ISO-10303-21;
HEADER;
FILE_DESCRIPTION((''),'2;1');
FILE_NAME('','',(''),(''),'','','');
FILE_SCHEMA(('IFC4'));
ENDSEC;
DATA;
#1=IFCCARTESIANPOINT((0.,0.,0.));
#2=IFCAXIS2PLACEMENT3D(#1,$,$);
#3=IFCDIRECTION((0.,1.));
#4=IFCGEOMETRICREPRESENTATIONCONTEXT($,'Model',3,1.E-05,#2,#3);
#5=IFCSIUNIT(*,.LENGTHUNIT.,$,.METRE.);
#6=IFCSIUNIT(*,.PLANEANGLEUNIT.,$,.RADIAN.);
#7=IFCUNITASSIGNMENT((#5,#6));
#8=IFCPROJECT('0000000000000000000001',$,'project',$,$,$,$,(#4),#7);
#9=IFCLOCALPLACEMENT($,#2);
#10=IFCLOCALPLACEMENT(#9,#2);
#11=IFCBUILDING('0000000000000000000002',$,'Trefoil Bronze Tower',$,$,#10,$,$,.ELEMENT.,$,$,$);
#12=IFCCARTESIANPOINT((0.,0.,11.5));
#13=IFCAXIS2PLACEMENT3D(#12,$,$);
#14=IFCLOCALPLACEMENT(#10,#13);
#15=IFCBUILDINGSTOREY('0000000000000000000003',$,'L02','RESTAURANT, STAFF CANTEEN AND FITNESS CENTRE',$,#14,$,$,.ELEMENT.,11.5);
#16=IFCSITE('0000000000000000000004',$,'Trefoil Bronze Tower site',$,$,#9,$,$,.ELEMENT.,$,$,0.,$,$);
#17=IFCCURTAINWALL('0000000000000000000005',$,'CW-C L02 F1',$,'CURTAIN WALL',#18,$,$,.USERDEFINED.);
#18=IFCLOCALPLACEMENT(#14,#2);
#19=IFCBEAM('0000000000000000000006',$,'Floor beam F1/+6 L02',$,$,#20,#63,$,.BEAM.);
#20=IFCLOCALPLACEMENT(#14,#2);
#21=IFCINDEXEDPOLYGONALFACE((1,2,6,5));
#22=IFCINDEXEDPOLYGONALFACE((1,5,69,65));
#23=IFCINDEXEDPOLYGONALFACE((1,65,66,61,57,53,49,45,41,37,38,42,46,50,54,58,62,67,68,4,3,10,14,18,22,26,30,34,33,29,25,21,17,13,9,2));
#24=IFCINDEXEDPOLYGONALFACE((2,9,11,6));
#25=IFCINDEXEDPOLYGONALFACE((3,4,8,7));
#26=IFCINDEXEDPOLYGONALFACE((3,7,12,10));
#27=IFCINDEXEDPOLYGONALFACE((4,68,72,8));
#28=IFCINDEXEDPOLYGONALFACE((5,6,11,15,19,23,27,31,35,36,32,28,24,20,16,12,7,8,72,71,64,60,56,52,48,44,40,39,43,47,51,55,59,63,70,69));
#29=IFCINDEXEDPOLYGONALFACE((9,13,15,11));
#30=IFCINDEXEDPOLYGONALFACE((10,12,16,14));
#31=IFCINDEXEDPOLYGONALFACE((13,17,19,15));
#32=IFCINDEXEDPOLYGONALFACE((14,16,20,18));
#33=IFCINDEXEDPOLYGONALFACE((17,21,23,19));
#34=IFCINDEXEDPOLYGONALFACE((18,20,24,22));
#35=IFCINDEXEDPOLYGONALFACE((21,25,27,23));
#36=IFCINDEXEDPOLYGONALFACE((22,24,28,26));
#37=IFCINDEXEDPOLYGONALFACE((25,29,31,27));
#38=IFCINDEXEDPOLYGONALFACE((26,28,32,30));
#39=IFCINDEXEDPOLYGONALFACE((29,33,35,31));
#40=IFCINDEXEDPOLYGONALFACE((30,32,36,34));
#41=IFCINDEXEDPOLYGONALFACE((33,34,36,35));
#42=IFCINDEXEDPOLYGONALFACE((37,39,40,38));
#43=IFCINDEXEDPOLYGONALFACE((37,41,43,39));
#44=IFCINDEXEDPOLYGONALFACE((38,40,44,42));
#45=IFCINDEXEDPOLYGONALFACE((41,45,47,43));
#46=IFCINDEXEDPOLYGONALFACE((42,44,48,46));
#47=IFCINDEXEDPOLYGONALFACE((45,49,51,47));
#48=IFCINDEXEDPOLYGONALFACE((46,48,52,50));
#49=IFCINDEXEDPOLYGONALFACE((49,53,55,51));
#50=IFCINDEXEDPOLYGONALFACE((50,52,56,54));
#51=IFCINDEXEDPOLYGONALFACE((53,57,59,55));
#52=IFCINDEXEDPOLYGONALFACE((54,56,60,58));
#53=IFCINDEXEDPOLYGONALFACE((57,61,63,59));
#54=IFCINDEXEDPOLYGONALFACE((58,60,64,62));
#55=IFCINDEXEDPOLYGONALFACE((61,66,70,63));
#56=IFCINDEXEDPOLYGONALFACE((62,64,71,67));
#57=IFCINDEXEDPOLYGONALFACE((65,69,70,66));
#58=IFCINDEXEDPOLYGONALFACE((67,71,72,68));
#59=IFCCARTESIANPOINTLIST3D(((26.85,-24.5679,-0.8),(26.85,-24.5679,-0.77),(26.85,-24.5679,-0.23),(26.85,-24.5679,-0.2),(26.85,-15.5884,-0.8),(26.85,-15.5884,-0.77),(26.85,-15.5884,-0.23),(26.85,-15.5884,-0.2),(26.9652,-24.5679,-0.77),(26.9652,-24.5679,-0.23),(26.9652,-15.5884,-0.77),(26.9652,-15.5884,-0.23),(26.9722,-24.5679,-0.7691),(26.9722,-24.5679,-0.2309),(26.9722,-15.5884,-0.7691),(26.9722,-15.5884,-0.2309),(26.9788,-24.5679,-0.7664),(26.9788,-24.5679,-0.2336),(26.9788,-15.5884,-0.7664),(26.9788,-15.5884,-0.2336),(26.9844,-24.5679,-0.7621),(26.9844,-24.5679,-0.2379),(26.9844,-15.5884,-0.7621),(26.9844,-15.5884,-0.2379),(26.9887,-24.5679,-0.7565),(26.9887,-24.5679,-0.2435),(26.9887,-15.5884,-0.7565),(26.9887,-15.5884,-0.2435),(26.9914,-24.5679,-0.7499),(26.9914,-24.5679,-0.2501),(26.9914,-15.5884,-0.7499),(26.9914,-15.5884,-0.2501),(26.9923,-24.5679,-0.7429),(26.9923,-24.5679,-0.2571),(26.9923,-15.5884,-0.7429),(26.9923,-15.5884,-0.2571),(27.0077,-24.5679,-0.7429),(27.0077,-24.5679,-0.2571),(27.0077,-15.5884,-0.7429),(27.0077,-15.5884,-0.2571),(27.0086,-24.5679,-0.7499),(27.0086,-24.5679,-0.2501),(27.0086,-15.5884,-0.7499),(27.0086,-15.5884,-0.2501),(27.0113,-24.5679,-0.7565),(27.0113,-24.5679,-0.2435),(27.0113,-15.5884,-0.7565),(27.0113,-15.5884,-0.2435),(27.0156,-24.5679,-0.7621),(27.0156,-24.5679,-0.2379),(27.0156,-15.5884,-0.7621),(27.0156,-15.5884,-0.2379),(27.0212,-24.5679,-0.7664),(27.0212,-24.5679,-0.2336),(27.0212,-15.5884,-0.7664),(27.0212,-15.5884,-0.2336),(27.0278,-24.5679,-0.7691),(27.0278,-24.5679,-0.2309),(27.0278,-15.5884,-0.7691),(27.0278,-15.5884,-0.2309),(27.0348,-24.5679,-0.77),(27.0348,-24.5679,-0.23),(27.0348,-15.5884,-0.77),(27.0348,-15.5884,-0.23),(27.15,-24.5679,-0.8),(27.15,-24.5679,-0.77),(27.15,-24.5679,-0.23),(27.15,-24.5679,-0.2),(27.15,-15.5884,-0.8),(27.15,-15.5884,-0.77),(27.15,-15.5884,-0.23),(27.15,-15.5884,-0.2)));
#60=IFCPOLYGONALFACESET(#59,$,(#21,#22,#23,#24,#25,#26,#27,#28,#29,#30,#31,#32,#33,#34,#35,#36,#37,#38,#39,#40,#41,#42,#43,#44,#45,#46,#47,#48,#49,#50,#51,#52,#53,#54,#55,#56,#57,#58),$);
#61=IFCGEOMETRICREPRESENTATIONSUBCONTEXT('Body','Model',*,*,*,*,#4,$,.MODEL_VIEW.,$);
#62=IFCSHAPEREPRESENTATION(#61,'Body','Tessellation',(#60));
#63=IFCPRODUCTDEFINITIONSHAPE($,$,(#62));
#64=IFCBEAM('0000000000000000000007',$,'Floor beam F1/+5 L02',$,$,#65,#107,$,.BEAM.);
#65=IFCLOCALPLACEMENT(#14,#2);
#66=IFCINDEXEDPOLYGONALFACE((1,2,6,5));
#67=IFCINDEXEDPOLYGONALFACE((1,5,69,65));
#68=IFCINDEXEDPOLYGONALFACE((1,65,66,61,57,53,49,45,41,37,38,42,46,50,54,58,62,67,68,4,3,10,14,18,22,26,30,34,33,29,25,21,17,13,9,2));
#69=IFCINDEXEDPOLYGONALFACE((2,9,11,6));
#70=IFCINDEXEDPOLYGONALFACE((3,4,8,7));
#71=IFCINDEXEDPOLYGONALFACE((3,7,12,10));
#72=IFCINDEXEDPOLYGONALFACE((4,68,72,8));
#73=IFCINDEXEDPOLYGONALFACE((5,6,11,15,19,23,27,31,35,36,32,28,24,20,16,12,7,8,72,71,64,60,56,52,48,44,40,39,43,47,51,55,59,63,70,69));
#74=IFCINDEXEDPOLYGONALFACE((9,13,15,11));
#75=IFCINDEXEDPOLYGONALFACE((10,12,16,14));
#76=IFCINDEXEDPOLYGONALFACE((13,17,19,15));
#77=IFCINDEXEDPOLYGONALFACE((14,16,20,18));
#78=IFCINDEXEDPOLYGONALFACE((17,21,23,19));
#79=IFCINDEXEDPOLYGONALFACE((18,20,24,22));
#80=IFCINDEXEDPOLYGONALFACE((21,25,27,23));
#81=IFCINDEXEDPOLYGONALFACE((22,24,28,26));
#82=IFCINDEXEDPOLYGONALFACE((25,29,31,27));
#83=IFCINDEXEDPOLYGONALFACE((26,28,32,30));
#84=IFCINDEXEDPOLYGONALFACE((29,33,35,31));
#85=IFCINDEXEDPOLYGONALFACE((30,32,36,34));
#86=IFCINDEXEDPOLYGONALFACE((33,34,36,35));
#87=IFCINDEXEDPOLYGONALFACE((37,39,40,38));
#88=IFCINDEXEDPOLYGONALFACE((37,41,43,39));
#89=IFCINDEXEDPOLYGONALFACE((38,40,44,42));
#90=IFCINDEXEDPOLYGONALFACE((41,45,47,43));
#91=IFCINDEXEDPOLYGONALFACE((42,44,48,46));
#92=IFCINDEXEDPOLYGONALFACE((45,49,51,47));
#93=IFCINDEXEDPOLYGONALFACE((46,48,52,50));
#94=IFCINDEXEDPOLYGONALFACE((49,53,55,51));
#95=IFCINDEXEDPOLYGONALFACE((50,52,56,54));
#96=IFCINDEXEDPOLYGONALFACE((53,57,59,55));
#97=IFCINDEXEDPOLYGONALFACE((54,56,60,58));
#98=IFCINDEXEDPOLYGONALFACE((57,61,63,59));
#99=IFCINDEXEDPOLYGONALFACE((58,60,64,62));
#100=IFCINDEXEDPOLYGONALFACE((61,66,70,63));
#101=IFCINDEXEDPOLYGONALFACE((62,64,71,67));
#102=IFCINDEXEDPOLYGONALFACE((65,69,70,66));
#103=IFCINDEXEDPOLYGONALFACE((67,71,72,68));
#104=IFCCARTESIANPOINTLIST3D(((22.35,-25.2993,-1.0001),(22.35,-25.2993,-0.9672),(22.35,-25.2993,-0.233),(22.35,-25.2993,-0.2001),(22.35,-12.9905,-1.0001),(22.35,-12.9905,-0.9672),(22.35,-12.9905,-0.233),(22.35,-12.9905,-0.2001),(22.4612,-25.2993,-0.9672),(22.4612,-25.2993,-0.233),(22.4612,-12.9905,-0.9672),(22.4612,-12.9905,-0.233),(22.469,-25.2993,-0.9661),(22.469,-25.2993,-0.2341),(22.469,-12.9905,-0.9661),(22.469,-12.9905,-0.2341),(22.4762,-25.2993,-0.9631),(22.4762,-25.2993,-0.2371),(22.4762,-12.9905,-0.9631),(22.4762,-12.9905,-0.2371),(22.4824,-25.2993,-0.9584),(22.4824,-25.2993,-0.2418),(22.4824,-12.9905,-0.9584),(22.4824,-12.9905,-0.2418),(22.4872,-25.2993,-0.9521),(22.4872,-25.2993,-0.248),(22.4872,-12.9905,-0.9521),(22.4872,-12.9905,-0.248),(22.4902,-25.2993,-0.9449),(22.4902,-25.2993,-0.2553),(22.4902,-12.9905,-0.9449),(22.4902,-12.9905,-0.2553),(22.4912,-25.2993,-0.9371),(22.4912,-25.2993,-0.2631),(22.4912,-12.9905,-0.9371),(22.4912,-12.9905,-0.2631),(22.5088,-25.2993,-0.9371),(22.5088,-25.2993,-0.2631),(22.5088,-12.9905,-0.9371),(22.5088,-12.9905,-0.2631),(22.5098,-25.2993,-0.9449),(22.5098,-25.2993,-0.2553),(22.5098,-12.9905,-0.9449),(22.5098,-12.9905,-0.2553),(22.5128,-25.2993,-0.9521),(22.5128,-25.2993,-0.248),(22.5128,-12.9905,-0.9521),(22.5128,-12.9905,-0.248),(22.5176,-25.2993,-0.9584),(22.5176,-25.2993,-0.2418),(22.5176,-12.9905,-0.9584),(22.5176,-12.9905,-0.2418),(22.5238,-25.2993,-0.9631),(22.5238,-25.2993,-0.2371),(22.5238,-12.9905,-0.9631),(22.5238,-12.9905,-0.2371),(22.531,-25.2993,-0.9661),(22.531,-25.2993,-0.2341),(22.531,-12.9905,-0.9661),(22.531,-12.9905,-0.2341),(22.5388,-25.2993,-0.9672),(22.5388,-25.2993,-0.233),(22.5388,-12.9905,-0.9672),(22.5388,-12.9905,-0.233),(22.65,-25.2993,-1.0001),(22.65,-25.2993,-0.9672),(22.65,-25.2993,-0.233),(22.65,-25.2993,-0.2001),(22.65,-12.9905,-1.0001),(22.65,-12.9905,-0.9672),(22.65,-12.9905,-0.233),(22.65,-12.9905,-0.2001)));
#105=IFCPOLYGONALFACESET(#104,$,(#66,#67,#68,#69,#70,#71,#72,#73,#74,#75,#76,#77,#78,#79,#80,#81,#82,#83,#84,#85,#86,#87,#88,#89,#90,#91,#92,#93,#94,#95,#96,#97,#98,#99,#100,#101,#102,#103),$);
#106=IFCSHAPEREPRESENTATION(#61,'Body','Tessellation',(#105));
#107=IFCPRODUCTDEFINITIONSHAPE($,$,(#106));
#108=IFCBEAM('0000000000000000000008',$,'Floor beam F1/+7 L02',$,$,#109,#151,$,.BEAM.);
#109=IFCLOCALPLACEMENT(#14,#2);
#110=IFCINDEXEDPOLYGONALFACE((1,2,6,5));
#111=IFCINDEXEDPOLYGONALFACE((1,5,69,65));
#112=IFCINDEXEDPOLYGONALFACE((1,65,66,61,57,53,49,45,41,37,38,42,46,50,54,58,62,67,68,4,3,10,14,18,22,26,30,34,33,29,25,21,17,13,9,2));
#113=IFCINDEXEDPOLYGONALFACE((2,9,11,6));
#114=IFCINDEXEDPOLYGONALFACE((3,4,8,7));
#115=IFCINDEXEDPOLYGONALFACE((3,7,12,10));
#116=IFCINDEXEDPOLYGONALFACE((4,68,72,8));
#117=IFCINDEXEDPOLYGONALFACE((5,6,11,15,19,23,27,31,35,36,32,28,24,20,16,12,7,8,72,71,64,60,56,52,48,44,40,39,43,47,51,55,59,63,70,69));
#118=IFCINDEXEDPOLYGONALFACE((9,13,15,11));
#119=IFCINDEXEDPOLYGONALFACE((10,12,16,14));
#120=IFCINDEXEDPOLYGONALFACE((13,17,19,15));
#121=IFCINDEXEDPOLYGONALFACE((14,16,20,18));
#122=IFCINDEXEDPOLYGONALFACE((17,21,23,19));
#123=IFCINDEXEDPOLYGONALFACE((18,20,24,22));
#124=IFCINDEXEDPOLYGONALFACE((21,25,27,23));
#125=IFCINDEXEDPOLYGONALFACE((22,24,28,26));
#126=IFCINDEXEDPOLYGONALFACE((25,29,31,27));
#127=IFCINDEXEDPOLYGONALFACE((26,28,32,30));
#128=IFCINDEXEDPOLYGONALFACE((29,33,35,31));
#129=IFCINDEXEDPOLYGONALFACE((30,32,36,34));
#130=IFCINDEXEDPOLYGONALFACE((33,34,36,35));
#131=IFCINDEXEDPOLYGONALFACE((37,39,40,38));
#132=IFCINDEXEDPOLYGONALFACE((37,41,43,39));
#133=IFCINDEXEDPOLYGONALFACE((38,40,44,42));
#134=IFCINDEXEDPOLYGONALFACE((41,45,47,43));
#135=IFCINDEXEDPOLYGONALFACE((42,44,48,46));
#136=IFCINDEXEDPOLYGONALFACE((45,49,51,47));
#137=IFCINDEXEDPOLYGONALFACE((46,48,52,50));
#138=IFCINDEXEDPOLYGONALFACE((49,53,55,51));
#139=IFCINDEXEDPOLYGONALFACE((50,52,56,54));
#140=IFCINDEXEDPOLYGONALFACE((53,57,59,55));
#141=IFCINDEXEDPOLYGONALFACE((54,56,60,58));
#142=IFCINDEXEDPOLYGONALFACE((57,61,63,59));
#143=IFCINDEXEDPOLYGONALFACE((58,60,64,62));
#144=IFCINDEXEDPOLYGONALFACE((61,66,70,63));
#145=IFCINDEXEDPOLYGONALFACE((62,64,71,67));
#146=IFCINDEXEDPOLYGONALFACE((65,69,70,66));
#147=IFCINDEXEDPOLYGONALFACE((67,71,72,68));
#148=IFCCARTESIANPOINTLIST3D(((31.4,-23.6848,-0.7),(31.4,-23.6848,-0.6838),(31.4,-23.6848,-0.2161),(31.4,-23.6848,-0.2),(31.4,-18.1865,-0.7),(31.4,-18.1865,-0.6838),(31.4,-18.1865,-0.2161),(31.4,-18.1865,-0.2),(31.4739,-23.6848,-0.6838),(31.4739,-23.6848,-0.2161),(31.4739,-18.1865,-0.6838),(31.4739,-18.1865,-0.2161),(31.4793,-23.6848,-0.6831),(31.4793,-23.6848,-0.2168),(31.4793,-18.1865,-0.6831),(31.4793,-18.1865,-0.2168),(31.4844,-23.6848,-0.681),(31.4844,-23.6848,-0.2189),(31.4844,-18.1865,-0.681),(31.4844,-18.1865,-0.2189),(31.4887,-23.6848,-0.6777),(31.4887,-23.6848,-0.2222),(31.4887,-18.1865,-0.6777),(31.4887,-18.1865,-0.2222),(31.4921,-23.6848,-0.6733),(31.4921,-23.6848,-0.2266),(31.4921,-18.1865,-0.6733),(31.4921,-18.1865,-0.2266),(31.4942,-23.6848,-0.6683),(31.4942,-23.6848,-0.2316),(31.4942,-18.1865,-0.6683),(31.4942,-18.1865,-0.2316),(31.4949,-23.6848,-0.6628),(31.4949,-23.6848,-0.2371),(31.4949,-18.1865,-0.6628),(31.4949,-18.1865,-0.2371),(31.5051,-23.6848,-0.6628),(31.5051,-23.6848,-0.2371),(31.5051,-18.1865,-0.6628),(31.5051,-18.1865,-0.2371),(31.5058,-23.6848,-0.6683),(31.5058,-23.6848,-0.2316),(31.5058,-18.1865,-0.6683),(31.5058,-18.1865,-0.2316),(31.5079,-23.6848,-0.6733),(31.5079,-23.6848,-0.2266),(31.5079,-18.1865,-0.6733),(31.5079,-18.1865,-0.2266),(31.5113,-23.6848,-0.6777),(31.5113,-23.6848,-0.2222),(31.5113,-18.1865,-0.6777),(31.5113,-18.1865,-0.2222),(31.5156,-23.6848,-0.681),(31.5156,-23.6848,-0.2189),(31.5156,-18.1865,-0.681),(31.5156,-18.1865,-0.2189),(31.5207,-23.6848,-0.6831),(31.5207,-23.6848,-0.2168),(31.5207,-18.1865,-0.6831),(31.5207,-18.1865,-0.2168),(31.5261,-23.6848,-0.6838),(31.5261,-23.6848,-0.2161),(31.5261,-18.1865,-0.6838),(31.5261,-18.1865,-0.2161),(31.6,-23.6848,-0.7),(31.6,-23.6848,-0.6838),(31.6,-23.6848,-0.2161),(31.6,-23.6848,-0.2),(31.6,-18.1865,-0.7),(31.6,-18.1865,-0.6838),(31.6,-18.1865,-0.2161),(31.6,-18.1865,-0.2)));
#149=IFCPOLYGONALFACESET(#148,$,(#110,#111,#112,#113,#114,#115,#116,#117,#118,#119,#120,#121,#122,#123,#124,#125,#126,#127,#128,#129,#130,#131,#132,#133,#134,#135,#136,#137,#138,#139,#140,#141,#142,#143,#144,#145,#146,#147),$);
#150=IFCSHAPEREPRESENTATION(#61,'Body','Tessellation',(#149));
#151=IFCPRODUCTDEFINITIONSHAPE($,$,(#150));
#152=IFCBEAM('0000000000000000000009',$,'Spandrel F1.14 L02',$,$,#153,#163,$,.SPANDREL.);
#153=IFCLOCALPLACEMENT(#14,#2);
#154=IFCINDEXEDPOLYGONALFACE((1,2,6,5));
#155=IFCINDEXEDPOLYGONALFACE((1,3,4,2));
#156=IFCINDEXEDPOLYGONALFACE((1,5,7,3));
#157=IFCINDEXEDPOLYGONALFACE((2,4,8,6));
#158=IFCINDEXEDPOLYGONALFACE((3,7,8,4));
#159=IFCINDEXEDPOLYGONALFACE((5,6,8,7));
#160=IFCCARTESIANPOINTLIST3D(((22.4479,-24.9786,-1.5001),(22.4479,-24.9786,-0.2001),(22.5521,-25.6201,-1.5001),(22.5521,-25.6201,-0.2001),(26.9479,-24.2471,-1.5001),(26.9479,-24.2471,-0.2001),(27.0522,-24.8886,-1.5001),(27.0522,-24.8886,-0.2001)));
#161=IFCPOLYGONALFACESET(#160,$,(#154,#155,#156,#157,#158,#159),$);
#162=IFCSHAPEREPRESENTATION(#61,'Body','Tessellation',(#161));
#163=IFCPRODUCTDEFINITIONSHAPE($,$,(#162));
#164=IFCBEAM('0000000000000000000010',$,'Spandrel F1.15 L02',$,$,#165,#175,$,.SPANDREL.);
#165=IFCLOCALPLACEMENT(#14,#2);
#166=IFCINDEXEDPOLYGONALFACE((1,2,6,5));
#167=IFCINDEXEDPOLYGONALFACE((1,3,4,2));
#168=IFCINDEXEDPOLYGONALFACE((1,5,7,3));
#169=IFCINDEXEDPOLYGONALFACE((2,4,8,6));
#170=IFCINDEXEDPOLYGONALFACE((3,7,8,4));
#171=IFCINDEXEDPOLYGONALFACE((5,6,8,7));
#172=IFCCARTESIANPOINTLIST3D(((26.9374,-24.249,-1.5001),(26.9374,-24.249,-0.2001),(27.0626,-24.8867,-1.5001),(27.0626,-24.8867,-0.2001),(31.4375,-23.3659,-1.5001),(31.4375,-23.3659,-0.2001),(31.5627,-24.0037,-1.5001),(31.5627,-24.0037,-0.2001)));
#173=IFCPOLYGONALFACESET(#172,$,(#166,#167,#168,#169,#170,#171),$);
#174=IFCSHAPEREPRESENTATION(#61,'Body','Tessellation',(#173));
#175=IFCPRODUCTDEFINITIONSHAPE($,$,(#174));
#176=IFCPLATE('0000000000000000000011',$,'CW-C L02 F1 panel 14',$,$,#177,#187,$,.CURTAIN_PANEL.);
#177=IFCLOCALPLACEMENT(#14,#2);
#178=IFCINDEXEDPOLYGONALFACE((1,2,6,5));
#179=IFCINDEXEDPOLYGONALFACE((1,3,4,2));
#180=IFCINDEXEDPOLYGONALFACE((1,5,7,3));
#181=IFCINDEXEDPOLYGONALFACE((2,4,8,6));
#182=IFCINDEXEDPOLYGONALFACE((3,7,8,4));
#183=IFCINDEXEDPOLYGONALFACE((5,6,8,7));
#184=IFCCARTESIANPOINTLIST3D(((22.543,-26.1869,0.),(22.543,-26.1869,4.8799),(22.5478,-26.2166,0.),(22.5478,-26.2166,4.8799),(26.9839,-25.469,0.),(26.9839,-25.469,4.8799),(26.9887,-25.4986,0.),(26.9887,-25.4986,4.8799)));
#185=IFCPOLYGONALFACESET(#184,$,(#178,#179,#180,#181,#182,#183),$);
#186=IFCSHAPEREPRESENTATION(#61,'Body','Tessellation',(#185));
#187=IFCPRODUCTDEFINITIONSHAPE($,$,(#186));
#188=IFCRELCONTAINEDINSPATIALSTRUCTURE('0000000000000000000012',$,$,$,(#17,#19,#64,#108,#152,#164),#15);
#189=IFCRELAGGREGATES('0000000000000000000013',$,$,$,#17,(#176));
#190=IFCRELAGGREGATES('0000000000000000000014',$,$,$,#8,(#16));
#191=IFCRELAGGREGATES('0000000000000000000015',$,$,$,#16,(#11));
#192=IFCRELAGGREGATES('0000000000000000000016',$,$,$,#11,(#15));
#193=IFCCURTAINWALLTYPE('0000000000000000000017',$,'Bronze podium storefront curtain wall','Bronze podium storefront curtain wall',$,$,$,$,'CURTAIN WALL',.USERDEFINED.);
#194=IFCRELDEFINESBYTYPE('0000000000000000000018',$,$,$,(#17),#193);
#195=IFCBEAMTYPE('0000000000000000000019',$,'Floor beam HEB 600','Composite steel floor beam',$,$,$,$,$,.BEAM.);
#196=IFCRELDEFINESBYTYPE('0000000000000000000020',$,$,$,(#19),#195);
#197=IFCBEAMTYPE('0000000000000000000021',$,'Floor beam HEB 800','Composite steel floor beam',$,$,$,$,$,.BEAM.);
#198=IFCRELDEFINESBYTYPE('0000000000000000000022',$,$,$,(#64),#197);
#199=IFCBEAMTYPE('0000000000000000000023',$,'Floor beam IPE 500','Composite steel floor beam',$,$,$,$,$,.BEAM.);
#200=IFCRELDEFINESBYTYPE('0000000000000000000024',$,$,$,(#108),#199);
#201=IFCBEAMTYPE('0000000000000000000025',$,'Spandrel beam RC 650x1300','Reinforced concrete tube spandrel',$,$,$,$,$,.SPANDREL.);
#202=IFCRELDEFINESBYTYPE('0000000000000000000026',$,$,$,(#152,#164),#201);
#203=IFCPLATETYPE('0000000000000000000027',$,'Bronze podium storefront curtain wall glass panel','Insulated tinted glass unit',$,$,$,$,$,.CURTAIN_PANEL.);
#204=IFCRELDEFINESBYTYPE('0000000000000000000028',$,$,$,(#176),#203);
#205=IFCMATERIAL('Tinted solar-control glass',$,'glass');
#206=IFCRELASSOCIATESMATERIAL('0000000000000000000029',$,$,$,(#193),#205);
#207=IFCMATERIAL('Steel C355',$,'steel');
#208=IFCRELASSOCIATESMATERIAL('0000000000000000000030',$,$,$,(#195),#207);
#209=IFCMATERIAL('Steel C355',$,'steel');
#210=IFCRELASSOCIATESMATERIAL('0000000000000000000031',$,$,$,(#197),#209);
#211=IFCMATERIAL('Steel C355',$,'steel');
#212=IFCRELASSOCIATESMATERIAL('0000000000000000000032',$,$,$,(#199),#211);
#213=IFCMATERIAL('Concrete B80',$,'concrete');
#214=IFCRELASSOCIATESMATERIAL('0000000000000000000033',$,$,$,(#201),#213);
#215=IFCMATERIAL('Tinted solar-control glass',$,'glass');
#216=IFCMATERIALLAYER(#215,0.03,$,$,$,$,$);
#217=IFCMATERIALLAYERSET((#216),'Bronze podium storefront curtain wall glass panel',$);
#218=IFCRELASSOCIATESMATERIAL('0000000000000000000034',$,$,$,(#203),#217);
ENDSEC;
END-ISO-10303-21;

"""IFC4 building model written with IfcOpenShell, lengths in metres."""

from ifc_helpers import new_model, si_unit, direction, frame, origin, origin_2d, place, context, subcontext, project, spatial, rectangle, i_section, extrude, material, layer, layer_set, material_profile, profile_set, type_object, element, aggregate, save


model = new_model("IFC4")

# Units and contexts
model_context = context("Model", 3, precision=1e-05, world=origin(), true_north=direction((0.0, 1.0)))
body_context = subcontext(model_context, "Body", "Model", "MODEL_VIEW")
ifc_project = project(units=[si_unit("LENGTHUNIT", "METRE"), si_unit("PLANEANGLEUNIT", "RADIAN")], contexts=[model_context])

# Site, building, storey
site_placement = place(None, origin())
site = spatial("IfcSite", under=ifc_project, at=site_placement, Name="Trefoil Bronze Tower site", CompositionType="ELEMENT", RefElevation=0.0)
building_placement = place(site_placement, origin())
building = spatial("IfcBuilding", under=site, at=building_placement, Name="Trefoil Bronze Tower", CompositionType="ELEMENT")
storey_placement = place(building_placement, frame((0.0, 0.0, 11.5)))
storey = spatial("IfcBuildingStorey", under=building, at=storey_placement, Name="L02", Description="RESTAURANT, STAFF CANTEEN AND FITNESS CENTRE", CompositionType="ELEMENT", Elevation=11.5)

# Curtain wall
ifc_material_1 = material(Name="Tinted solar-control glass", Category="glass")
curtain_wall_type_1 = type_object("IfcCurtainWallType", Name="Bronze podium storefront curtain wall", Description="Bronze podium storefront curtain wall", ElementType="CURTAIN WALL", PredefinedType="USERDEFINED", material=ifc_material_1)
curtain_wall_1_placement = place(storey_placement, origin())
curtain_wall_1 = element("IfcCurtainWall", 1, at=curtain_wall_1_placement, inside=storey, type_object=curtain_wall_type_1, Name="CW-C L02 F1", ObjectType="CURTAIN WALL", PredefinedType="USERDEFINED")

# Beams
ifc_material_2 = material(Name="Steel C355", Category="steel")
ifc_material_profile_1 = material_profile(ifc_material_2, i_section(OverallWidth=0.3, OverallDepth=0.6001, WebThickness=0.0154, FlangeThickness=0.03, FilletRadius=0.0271, at=origin_2d()), Name="HEB 600")
ifc_profile_set_1 = profile_set([ifc_material_profile_1], Name="Steel C355")
beam_type_1 = type_object("IfcBeamType", Name="Floor beam HEB 600", Description="Composite steel floor beam", PredefinedType="BEAM", material=ifc_profile_set_1)
beam_1_placement = place(storey_placement, frame((27.0, -24.5679, -0.5), z_axis=(0.0, 1.0, 0.0), x_axis=(-1.0, 0.0, 0.0)))
element("IfcBeam", 2, at=beam_1_placement, inside=storey, type_object=beam_type_1, Name="Floor beam F1/+6 L02", PredefinedType="BEAM", context=body_context, shape_type="SweptSolid", body=[
    extrude(i_section(OverallWidth=0.3, OverallDepth=0.6001, WebThickness=0.0154, FlangeThickness=0.03, FilletRadius=0.0271, at=origin_2d()), origin(), (0.0, 0.0, 1.0), 8.9795),
])
ifc_material_3 = material(Name="Steel C355", Category="steel")
ifc_material_profile_2 = material_profile(ifc_material_3, i_section(OverallWidth=0.3, OverallDepth=0.8, WebThickness=0.0176, FlangeThickness=0.033, FilletRadius=0.03, at=origin_2d()), Name="HEB 800")
ifc_profile_set_2 = profile_set([ifc_material_profile_2], Name="Steel C355")
beam_type_2 = type_object("IfcBeamType", Name="Floor beam HEB 800", Description="Composite steel floor beam", PredefinedType="BEAM", material=ifc_profile_set_2)
beam_2_placement = place(storey_placement, frame((22.5, -25.2993, -0.6001), z_axis=(0.0, 1.0, 0.0), x_axis=(-1.0, 0.0, 0.0)))
element("IfcBeam", 3, at=beam_2_placement, inside=storey, type_object=beam_type_2, Name="Floor beam F1/+5 L02", PredefinedType="BEAM", context=body_context, shape_type="SweptSolid", body=[
    extrude(i_section(OverallWidth=0.3, OverallDepth=0.8, WebThickness=0.0176, FlangeThickness=0.033, FilletRadius=0.03, at=origin_2d()), origin(), (0.0, 0.0, 1.0), 12.3088),
])
ifc_material_4 = material(Name="Steel C355", Category="steel")
ifc_material_profile_3 = material_profile(ifc_material_4, i_section(OverallWidth=0.2, OverallDepth=0.5, WebThickness=0.0103, FlangeThickness=0.0161, FilletRadius=0.021, at=origin_2d()), Name="IPE 500")
ifc_profile_set_3 = profile_set([ifc_material_profile_3], Name="Steel C355")
beam_type_3 = type_object("IfcBeamType", Name="Floor beam IPE 500", Description="Composite steel floor beam", PredefinedType="BEAM", material=ifc_profile_set_3)
beam_3_placement = place(storey_placement, frame((31.5, -23.6848, -0.45), z_axis=(0.0, 1.0, 0.0), x_axis=(-1.0, 0.0, 0.0)))
element("IfcBeam", 4, at=beam_3_placement, inside=storey, type_object=beam_type_3, Name="Floor beam F1/+7 L02", PredefinedType="BEAM", context=body_context, shape_type="SweptSolid", body=[
    extrude(i_section(OverallWidth=0.2, OverallDepth=0.5, WebThickness=0.0103, FlangeThickness=0.0161, FilletRadius=0.021, at=origin_2d()), origin(), (0.0, 0.0, 1.0), 5.4983),
])
ifc_material_5 = material(Name="Concrete B80", Category="concrete")
ifc_material_profile_4 = material_profile(ifc_material_5, rectangle(XDim=0.6499, YDim=1.3, at=origin_2d()), Name="RC 650x1300")
ifc_profile_set_4 = profile_set([ifc_material_profile_4], Name="Concrete B80")
beam_type_4 = type_object("IfcBeamType", Name="Spandrel beam RC 650x1300", Description="Reinforced concrete tube spandrel", PredefinedType="SPANDREL", material=ifc_profile_set_4)
beam_4_placement = place(storey_placement, frame((22.5, -25.2993, -0.8501), z_axis=(0.987046, 0.160438, 0.0), x_axis=(-0.160438, 0.987046, 0.0)))
element("IfcBeam", 5, at=beam_4_placement, inside=storey, type_object=beam_type_4, Name="Spandrel F1.14 L02", PredefinedType="SPANDREL", context=body_context, shape_type="SweptSolid", body=[
    extrude(rectangle(XDim=0.6499, YDim=1.3, at=origin_2d()), origin(), (0.0, 0.0, 1.0), 4.5591),
])
beam_5_placement = place(storey_placement, frame((27.0, -24.5679, -0.8501), z_axis=(0.981285, 0.192562, 0.0), x_axis=(-0.192562, 0.981285, 0.0)))
element("IfcBeam", 6, at=beam_5_placement, inside=storey, type_object=beam_type_4, Name="Spandrel F1.15 L02", PredefinedType="SPANDREL", context=body_context, shape_type="SweptSolid", body=[
    extrude(rectangle(XDim=0.6499, YDim=1.3, at=origin_2d()), origin(), (0.0, 0.0, 1.0), 4.5859),
])

# Plate
ifc_material_6 = material(Name="Tinted solar-control glass", Category="glass")
ifc_layer_1 = layer(ifc_material_6, 0.03)
ifc_layer_set_1 = layer_set([ifc_layer_1], Name="Bronze podium storefront curtain wall glass panel")
plate_type_1 = type_object("IfcPlateType", Name="Bronze podium storefront curtain wall glass panel", Description="Insulated tinted glass unit", PredefinedType="CURTAIN_PANEL", material=ifc_layer_set_1)
plate_1_placement = place(storey_placement, frame((24.7659, -25.8428, 0.0), z_axis=(0.0, 0.0, 1.0), x_axis=(0.987181, 0.159603, 0.0)))
plate_1 = element("IfcPlate", 7, at=plate_1_placement, type_object=plate_type_1, Name="CW-C L02 F1 panel 14", PredefinedType="CURTAIN_PANEL", context=body_context, shape_type="SweptSolid", body=[
    extrude(rectangle(XDim=4.4985, YDim=0.03, at=origin_2d()), origin(), (0.0, 0.0, 1.0), 4.8799),
])
aggregate(curtain_wall_1, [plate_1])

save(model, "model.ifc")
